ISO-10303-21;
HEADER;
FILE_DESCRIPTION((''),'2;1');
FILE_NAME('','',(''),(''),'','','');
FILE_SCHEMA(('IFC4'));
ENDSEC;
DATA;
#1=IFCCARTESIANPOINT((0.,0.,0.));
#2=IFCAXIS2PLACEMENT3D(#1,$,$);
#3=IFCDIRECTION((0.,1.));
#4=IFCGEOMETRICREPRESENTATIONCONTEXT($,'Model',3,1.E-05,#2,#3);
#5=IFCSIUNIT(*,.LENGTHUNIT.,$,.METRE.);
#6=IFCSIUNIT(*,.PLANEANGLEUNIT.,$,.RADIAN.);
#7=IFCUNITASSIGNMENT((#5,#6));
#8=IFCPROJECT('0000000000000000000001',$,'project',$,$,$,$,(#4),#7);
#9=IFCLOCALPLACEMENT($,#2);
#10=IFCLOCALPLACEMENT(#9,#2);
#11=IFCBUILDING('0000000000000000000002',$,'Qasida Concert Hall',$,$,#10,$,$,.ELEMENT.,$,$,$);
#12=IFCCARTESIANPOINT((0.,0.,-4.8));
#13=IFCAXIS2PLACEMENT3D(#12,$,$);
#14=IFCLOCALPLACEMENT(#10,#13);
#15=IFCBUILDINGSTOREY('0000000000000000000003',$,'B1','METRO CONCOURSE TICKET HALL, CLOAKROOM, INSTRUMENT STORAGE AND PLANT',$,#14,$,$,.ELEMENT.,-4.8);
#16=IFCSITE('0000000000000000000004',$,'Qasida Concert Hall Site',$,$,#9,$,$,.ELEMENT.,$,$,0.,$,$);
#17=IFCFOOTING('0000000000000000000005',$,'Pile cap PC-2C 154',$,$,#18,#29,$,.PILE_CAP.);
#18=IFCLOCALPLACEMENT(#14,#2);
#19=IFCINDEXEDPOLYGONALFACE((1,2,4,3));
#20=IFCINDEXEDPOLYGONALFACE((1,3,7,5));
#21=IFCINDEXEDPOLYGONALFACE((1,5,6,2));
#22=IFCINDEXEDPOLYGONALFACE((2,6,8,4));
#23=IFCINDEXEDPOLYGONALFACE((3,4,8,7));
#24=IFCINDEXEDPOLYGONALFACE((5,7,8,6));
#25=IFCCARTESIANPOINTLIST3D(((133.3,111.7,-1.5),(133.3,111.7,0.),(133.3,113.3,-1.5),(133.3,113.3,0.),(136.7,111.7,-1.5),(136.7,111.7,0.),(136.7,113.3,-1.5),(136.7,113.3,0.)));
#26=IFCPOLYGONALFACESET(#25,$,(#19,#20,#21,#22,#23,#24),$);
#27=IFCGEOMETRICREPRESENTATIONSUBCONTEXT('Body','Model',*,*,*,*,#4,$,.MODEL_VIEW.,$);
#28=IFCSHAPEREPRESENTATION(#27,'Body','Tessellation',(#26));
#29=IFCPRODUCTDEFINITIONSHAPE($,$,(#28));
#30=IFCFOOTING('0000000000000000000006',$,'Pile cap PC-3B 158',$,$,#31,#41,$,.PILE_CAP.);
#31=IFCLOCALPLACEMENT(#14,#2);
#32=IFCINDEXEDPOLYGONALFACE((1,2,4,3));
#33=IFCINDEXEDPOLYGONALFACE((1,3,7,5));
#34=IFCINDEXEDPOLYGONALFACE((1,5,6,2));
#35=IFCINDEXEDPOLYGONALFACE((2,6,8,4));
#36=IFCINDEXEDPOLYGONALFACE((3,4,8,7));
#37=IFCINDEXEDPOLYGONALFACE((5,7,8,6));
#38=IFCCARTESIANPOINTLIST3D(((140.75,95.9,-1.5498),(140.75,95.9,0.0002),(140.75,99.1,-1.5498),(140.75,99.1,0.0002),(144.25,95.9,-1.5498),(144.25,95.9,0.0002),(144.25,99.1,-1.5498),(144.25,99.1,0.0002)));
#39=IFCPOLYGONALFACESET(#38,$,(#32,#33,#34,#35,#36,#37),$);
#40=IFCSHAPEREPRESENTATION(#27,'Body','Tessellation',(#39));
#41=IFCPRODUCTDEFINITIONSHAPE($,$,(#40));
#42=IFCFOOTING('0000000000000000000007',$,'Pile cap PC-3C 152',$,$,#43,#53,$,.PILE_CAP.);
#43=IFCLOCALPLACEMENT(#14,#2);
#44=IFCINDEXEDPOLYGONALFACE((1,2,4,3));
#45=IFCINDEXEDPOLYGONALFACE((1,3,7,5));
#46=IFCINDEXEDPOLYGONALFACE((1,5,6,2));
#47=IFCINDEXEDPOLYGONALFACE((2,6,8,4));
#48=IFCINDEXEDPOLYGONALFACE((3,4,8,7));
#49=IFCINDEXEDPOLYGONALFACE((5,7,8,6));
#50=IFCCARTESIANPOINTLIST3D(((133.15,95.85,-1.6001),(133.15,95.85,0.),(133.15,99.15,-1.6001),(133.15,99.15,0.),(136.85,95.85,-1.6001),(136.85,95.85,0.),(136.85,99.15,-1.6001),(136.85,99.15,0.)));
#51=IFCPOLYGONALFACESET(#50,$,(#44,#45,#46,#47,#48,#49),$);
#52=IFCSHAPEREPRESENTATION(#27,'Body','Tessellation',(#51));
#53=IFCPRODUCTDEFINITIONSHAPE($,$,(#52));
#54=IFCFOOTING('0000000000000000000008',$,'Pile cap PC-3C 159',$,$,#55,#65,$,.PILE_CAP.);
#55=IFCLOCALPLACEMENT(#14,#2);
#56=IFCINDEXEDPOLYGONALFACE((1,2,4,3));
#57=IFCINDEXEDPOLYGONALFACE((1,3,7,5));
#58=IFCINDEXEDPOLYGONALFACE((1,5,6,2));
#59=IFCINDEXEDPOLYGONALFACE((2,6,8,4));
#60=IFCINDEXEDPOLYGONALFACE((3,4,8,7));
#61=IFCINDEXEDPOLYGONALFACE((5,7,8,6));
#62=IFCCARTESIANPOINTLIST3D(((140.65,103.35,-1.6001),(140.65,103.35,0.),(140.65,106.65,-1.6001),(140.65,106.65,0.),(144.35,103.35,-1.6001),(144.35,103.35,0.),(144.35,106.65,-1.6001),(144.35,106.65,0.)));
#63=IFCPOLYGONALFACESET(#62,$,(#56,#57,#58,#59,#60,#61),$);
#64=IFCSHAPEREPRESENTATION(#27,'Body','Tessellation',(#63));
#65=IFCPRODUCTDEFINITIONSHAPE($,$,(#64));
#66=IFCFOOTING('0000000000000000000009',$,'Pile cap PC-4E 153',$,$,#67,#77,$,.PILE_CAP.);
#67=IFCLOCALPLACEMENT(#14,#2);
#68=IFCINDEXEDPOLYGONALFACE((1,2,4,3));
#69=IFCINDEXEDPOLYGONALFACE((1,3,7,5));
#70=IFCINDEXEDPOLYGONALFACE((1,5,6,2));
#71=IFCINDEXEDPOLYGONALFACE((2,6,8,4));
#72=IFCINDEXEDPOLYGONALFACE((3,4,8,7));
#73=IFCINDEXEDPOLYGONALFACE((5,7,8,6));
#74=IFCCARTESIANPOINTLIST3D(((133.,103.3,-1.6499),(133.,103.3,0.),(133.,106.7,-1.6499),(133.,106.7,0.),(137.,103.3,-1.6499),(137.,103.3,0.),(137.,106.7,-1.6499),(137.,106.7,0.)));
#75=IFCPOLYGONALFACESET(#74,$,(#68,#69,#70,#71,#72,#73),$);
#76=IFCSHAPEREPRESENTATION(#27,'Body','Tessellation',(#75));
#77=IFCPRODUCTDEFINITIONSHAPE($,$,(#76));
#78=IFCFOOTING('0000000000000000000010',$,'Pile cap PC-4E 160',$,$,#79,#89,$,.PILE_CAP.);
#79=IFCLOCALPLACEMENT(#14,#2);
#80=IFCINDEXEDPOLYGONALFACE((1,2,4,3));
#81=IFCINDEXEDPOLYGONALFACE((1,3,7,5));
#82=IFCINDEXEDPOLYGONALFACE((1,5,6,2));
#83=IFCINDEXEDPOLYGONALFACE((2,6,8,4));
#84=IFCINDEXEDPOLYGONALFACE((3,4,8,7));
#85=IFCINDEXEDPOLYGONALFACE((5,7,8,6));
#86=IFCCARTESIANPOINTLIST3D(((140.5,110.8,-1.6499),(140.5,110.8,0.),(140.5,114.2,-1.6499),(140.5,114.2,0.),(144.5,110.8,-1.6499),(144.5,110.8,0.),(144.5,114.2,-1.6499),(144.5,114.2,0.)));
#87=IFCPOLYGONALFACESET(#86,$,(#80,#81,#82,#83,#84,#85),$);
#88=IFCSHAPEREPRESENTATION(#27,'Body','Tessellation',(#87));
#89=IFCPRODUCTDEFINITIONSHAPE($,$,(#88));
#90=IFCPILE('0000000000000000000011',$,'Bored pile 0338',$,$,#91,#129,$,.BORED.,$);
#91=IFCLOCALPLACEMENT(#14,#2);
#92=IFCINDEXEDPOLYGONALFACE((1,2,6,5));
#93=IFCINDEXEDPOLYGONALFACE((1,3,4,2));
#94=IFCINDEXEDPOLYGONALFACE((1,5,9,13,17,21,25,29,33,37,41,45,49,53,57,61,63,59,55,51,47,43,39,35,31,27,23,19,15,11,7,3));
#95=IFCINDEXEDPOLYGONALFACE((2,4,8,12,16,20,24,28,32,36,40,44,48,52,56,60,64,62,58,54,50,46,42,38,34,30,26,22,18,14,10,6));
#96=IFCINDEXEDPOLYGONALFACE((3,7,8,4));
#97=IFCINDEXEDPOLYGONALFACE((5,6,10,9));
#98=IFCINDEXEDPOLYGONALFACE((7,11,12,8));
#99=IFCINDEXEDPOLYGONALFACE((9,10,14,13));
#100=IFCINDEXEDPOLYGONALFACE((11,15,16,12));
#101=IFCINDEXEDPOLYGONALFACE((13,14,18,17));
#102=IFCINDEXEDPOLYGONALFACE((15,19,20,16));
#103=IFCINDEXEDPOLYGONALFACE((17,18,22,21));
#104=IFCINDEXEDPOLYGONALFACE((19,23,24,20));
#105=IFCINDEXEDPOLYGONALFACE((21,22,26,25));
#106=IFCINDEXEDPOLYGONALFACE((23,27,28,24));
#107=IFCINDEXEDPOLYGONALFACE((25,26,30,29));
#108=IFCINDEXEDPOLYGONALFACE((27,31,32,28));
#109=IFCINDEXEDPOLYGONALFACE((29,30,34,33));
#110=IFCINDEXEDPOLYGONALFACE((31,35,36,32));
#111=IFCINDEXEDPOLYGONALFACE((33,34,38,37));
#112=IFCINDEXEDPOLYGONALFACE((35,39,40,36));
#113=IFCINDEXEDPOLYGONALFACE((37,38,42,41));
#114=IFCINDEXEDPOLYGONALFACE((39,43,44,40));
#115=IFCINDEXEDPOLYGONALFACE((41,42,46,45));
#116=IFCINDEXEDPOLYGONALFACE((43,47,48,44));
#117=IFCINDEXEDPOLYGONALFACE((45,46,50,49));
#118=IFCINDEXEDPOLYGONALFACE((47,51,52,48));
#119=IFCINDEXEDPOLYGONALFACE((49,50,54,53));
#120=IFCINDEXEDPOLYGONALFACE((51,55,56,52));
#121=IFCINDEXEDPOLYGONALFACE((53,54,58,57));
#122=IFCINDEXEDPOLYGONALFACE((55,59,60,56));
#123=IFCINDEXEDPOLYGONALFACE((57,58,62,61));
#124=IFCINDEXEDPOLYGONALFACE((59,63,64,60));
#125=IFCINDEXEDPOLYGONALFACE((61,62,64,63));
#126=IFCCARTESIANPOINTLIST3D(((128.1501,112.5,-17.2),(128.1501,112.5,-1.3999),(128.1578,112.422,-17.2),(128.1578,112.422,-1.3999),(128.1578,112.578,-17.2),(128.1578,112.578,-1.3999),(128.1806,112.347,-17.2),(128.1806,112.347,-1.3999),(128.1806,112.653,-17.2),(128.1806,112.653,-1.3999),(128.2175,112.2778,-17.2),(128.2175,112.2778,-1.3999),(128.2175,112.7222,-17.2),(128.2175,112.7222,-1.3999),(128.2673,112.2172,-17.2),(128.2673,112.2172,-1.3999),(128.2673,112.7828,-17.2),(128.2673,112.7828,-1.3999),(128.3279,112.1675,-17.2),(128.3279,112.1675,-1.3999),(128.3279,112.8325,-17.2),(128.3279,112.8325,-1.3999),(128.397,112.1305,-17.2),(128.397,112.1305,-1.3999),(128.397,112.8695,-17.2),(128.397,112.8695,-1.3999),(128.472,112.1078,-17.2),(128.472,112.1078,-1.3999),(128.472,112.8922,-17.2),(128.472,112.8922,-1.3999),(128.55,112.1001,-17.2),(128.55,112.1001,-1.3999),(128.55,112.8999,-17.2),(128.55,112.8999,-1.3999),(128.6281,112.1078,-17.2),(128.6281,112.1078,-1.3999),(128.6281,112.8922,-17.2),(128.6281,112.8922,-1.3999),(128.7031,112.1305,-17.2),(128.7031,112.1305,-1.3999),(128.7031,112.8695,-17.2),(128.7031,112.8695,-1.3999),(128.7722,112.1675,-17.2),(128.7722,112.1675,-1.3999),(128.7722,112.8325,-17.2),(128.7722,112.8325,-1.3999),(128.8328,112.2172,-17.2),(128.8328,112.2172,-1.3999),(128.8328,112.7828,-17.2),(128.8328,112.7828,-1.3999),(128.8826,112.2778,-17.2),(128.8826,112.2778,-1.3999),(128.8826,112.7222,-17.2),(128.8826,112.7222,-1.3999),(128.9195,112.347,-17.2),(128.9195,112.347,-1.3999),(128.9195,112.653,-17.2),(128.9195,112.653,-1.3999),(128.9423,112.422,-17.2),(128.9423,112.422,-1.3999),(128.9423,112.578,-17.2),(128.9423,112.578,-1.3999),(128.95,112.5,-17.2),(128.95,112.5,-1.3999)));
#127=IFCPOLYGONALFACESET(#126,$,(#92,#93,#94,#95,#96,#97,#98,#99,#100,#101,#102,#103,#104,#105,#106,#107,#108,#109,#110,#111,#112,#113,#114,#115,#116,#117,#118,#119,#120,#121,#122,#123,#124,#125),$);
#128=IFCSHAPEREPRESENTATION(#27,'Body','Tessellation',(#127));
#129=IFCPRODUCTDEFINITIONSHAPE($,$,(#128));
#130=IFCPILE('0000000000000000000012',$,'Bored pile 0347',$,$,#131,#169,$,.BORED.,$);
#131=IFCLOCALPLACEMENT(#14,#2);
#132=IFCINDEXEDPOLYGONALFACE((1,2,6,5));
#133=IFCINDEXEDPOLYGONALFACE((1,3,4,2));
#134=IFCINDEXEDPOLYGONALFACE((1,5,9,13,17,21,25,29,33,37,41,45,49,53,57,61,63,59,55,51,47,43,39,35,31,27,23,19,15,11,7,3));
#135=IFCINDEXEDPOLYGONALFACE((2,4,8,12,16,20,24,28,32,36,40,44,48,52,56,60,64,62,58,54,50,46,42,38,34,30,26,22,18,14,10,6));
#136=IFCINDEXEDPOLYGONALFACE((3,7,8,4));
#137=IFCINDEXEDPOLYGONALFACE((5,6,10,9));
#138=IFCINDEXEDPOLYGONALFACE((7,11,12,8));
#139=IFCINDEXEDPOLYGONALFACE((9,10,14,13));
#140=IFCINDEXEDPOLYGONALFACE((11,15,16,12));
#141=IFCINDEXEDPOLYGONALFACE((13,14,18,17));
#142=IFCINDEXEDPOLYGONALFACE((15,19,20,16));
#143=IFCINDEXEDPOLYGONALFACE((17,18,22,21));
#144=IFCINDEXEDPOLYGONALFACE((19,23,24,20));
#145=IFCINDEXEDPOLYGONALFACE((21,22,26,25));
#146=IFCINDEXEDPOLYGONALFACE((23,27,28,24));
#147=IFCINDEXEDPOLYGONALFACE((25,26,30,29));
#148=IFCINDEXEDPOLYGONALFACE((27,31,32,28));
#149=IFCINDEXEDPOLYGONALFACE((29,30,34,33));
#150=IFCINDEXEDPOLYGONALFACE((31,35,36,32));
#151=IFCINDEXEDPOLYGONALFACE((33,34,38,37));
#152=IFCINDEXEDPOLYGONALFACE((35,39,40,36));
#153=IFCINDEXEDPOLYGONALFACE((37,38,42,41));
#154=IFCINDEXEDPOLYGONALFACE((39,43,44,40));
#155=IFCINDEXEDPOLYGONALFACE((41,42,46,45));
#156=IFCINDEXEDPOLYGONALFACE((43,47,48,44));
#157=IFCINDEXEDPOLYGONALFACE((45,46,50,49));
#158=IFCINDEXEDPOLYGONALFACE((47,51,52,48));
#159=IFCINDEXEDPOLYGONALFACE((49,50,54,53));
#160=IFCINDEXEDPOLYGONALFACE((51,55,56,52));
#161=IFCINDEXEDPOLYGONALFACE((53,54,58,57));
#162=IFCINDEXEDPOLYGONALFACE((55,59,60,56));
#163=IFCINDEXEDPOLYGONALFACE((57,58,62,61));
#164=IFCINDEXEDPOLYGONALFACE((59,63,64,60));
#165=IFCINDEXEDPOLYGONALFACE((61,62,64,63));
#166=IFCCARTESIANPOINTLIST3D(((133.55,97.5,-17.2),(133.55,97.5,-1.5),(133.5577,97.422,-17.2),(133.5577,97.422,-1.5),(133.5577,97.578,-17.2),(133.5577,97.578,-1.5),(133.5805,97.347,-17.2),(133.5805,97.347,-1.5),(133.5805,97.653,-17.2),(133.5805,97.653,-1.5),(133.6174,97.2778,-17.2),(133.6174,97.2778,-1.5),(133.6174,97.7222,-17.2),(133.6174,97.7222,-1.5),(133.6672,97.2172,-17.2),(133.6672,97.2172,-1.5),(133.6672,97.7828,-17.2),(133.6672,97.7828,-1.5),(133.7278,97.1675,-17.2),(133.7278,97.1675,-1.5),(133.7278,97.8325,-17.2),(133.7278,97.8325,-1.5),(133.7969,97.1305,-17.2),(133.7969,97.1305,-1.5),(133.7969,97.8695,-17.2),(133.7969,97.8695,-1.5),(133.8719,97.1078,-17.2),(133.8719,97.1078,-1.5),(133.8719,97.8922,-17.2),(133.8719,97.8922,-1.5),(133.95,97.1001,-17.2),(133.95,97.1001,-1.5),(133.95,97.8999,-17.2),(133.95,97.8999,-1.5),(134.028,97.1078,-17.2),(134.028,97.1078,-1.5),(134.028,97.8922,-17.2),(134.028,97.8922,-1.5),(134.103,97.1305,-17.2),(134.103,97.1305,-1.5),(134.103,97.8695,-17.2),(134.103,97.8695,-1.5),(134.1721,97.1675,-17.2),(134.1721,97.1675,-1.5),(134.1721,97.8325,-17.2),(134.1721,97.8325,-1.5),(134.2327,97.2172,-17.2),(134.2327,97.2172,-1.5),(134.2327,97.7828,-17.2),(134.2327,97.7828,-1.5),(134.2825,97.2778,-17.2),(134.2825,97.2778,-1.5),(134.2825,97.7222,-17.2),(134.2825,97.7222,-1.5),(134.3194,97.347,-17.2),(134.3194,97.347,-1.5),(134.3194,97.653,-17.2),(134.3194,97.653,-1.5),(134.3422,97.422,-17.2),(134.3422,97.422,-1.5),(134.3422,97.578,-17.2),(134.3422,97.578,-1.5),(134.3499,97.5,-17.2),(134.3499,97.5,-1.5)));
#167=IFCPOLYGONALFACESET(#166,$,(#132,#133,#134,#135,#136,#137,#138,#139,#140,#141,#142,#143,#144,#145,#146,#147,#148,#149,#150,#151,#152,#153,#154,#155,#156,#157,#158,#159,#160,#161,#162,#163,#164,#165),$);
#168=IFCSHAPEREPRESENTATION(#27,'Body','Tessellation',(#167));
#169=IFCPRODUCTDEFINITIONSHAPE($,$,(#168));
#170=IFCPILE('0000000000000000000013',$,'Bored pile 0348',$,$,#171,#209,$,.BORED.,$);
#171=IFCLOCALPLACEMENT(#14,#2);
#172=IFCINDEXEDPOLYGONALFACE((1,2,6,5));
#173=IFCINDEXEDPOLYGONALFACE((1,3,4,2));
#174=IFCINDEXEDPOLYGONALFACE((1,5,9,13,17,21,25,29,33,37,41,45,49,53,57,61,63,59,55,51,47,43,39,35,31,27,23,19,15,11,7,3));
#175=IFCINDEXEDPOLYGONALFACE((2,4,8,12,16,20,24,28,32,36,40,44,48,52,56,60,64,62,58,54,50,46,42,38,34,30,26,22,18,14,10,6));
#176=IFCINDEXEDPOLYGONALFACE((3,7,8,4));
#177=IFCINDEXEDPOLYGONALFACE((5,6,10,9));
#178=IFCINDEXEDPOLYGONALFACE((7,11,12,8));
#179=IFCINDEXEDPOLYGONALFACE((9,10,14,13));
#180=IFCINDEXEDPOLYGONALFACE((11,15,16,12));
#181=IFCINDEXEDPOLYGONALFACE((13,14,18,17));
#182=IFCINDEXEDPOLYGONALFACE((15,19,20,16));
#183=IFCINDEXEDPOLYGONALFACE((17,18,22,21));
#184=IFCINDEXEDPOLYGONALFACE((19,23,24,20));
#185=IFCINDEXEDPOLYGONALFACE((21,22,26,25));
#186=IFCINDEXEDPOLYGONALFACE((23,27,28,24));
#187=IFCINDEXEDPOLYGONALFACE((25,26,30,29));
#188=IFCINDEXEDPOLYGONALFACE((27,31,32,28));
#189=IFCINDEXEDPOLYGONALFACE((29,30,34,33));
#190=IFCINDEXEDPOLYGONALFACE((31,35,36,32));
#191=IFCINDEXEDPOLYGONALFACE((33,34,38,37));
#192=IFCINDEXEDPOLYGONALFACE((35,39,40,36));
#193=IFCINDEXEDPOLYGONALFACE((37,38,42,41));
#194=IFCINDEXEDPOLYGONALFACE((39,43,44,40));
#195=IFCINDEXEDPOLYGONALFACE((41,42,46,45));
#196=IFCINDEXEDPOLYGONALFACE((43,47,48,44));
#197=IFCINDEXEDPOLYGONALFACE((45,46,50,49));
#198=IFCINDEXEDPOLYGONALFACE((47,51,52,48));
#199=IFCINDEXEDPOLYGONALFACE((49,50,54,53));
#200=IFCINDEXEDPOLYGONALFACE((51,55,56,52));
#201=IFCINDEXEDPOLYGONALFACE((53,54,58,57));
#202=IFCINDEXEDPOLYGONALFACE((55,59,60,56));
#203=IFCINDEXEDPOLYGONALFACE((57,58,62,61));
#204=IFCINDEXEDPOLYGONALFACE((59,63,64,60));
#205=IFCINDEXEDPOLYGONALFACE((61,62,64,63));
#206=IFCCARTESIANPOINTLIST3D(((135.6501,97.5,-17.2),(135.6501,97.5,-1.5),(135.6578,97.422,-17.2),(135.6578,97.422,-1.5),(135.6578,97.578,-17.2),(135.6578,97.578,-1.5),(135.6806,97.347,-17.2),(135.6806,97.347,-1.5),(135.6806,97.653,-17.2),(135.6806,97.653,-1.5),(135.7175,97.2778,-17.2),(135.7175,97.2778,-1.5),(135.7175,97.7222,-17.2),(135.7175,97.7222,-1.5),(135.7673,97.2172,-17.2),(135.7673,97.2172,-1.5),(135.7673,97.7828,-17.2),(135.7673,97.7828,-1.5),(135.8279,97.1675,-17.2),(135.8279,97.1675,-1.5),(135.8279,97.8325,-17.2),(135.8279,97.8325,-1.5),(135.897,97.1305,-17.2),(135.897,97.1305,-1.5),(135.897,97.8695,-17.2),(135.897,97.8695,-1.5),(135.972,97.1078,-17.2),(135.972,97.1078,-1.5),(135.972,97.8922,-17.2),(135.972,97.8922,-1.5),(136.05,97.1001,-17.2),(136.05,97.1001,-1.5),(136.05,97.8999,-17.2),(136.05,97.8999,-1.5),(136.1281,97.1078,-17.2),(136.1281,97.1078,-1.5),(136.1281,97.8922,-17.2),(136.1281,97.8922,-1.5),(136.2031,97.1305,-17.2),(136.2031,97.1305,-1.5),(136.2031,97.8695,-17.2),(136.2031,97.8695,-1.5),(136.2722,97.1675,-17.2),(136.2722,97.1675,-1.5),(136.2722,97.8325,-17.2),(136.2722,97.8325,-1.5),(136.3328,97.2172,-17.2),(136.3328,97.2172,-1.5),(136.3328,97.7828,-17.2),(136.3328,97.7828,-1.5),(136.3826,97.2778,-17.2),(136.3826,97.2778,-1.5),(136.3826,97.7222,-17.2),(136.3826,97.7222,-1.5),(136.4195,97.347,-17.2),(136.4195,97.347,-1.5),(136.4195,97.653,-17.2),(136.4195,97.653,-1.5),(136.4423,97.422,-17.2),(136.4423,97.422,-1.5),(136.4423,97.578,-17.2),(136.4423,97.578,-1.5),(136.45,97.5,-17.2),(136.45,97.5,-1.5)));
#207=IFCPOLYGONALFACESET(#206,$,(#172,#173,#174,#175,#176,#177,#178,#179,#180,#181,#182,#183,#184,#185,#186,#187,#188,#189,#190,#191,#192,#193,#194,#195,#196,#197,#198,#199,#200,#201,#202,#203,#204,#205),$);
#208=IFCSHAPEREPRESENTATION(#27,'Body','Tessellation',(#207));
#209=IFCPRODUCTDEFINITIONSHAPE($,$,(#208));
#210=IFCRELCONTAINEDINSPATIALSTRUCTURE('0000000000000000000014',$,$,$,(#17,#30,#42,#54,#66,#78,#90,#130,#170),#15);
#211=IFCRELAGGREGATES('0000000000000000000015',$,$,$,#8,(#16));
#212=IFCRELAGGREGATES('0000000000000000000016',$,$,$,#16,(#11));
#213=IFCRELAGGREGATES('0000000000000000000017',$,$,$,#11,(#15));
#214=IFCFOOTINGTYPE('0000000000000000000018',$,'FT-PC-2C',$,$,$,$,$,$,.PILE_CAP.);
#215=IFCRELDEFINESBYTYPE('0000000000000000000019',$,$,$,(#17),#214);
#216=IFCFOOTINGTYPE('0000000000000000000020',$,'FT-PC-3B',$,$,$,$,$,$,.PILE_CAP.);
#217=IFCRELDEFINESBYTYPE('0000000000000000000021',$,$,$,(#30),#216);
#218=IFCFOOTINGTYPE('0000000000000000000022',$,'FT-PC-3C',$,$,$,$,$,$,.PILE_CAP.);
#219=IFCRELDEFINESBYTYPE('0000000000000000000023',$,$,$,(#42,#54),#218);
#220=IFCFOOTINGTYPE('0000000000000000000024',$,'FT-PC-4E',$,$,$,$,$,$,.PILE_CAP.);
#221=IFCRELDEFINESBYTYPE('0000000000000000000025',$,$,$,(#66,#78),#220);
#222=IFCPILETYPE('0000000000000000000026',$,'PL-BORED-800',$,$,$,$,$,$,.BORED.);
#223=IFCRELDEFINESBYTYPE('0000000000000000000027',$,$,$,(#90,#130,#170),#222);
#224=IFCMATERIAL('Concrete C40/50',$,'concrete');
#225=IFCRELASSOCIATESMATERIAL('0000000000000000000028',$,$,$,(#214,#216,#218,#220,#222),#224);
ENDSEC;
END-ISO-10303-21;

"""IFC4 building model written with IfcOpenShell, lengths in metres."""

from ifc_helpers import new_model, si_unit, direction, frame, origin, origin_2d, place, context, subcontext, project, spatial, rectangle, circle, extrude, material, material_profile, profile_set, type_object, element, save


model = new_model("IFC4")

# Units and contexts
model_context = context("Model", 3, precision=1e-05, world=origin(), true_north=direction((0.0, 1.0)))
body_context = subcontext(model_context, "Body", "Model", "MODEL_VIEW")
ifc_project = project(units=[si_unit("LENGTHUNIT", "METRE"), si_unit("PLANEANGLEUNIT", "RADIAN")], contexts=[model_context])

# Site, building, storey
site_placement = place(None, origin())
site = spatial("IfcSite", under=ifc_project, at=site_placement, Name="Qasida Concert Hall Site", CompositionType="ELEMENT", RefElevation=0.0)
building_placement = place(site_placement, origin())
building = spatial("IfcBuilding", under=site, at=building_placement, Name="Qasida Concert Hall", CompositionType="ELEMENT")
storey_placement = place(building_placement, frame((0.0, 0.0, -4.8)))
storey = spatial("IfcBuildingStorey", under=building, at=storey_placement, Name="B1", Description="METRO CONCOURSE TICKET HALL, CLOAKROOM, INSTRUMENT STORAGE AND PLANT", CompositionType="ELEMENT", Elevation=-4.8)

# Footings
ifc_material_1 = material(Name="Concrete C40/50", Category="concrete")
footing_type_1 = type_object("IfcFootingType", Name="FT-PC-2C", PredefinedType="PILE_CAP", material=ifc_material_1)
footing_1_placement = place(storey_placement, frame((135.0, 112.5, -1.5), z_axis=(0.0, 0.0, 1.0), x_axis=(1.0, 0.0, 0.0)))
element("IfcFooting", 1, at=footing_1_placement, inside=storey, type_object=footing_type_1, Name="Pile cap PC-2C 154", PredefinedType="PILE_CAP", context=body_context, shape_type="SweptSolid", body=[
    extrude(rectangle(XDim=3.3999, YDim=1.6001, at=origin_2d()), origin(), (0.0, 0.0, 1.0), 1.5),
])
footing_type_2 = type_object("IfcFootingType", Name="FT-PC-3B", PredefinedType="PILE_CAP", material=ifc_material_1)
footing_2_placement = place(storey_placement, frame((142.5, 97.5, -1.5498), z_axis=(0.0, 0.0, 1.0), x_axis=(1.0, 0.0, 0.0)))
element("IfcFooting", 2, at=footing_2_placement, inside=storey, type_object=footing_type_2, Name="Pile cap PC-3B 158", PredefinedType="PILE_CAP", context=body_context, shape_type="SweptSolid", body=[
    extrude(rectangle(XDim=3.5, YDim=3.2, at=origin_2d()), origin(), (0.0, 0.0, 1.0), 1.55),
])
footing_type_3 = type_object("IfcFootingType", Name="FT-PC-3C", PredefinedType="PILE_CAP", material=ifc_material_1)
for number, where, z_axis, x_axis, name in (
    (3, (135.0, 97.5, -1.6001), (0.0, 0.0, 1.0), (1.0, 0.0, 0.0), "Pile cap PC-3C 152"),
    (4, (142.5, 105.0, -1.6001), (0.0, 0.0, 1.0), (1.0, 0.0, 0.0), "Pile cap PC-3C 159"),
):
    element("IfcFooting", number, at=place(storey_placement, frame(where, z_axis=z_axis, x_axis=x_axis)), inside=storey, type_object=footing_type_3, Name=name, PredefinedType="PILE_CAP", context=body_context, shape_type="SweptSolid", body=[
        extrude(rectangle(XDim=3.7, YDim=3.3, at=origin_2d()), origin(), (0.0, 0.0, 1.0), 1.6001),
    ])
footing_type_4 = type_object("IfcFootingType", Name="FT-PC-4E", PredefinedType="PILE_CAP", material=ifc_material_1)
for number, where, z_axis, x_axis, name in (
    (5, (135.0, 105.0, -1.6499), (0.0, 0.0, 1.0), (1.0, 0.0, 0.0), "Pile cap PC-4E 153"),
    (6, (142.5, 112.5, -1.6499), (0.0, 0.0, 1.0), (1.0, 0.0, 0.0), "Pile cap PC-4E 160"),
):
    element("IfcFooting", number, at=place(storey_placement, frame(where, z_axis=z_axis, x_axis=x_axis)), inside=storey, type_object=footing_type_4, Name=name, PredefinedType="PILE_CAP", context=body_context, shape_type="SweptSolid", body=[
        extrude(rectangle(XDim=4.0, YDim=3.3999, at=origin_2d()), origin(), (0.0, 0.0, 1.0), 1.6499),
    ])

# Piles
ifc_material_profile_1 = material_profile(ifc_material_1, circle(Radius=0.3999, at=origin_2d()), Name="BORED PILE D800")
ifc_profile_set_1 = profile_set([ifc_material_profile_1], Name="Concrete C40/50")
pile_type = type_object("IfcPileType", Name="PL-BORED-800", PredefinedType="BORED", material=ifc_profile_set_1)
pile_1_placement = place(storey_placement, frame((128.55, 112.5, -1.3999), z_axis=(0.0, 0.0, -1.0), x_axis=(1.0, 0.0, 0.0)))
element("IfcPile", 7, at=pile_1_placement, inside=storey, type_object=pile_type, Name="Bored pile 0338", PredefinedType="BORED", context=body_context, shape_type="SweptSolid", body=[
    extrude(circle(Radius=0.3999, at=origin_2d()), origin(), (0.0, 0.0, 1.0), 15.8),
])
for number, where, z_axis, x_axis, name in (
    (8, (133.95, 97.5, -1.5), (0.0, 0.0, -1.0), (1.0, 0.0, 0.0), "Bored pile 0347"),
    (9, (136.05, 97.5, -1.5), (0.0, 0.0, -1.0), (1.0, 0.0, 0.0), "Bored pile 0348"),
):
    element("IfcPile", number, at=place(storey_placement, frame(where, z_axis=z_axis, x_axis=x_axis)), inside=storey, type_object=pile_type, Name=name, PredefinedType="BORED", context=body_context, shape_type="SweptSolid", body=[
        extrude(circle(Radius=0.3999, at=origin_2d()), origin(), (0.0, 0.0, 1.0), 15.7),
    ])

save(model, "model.ifc")
